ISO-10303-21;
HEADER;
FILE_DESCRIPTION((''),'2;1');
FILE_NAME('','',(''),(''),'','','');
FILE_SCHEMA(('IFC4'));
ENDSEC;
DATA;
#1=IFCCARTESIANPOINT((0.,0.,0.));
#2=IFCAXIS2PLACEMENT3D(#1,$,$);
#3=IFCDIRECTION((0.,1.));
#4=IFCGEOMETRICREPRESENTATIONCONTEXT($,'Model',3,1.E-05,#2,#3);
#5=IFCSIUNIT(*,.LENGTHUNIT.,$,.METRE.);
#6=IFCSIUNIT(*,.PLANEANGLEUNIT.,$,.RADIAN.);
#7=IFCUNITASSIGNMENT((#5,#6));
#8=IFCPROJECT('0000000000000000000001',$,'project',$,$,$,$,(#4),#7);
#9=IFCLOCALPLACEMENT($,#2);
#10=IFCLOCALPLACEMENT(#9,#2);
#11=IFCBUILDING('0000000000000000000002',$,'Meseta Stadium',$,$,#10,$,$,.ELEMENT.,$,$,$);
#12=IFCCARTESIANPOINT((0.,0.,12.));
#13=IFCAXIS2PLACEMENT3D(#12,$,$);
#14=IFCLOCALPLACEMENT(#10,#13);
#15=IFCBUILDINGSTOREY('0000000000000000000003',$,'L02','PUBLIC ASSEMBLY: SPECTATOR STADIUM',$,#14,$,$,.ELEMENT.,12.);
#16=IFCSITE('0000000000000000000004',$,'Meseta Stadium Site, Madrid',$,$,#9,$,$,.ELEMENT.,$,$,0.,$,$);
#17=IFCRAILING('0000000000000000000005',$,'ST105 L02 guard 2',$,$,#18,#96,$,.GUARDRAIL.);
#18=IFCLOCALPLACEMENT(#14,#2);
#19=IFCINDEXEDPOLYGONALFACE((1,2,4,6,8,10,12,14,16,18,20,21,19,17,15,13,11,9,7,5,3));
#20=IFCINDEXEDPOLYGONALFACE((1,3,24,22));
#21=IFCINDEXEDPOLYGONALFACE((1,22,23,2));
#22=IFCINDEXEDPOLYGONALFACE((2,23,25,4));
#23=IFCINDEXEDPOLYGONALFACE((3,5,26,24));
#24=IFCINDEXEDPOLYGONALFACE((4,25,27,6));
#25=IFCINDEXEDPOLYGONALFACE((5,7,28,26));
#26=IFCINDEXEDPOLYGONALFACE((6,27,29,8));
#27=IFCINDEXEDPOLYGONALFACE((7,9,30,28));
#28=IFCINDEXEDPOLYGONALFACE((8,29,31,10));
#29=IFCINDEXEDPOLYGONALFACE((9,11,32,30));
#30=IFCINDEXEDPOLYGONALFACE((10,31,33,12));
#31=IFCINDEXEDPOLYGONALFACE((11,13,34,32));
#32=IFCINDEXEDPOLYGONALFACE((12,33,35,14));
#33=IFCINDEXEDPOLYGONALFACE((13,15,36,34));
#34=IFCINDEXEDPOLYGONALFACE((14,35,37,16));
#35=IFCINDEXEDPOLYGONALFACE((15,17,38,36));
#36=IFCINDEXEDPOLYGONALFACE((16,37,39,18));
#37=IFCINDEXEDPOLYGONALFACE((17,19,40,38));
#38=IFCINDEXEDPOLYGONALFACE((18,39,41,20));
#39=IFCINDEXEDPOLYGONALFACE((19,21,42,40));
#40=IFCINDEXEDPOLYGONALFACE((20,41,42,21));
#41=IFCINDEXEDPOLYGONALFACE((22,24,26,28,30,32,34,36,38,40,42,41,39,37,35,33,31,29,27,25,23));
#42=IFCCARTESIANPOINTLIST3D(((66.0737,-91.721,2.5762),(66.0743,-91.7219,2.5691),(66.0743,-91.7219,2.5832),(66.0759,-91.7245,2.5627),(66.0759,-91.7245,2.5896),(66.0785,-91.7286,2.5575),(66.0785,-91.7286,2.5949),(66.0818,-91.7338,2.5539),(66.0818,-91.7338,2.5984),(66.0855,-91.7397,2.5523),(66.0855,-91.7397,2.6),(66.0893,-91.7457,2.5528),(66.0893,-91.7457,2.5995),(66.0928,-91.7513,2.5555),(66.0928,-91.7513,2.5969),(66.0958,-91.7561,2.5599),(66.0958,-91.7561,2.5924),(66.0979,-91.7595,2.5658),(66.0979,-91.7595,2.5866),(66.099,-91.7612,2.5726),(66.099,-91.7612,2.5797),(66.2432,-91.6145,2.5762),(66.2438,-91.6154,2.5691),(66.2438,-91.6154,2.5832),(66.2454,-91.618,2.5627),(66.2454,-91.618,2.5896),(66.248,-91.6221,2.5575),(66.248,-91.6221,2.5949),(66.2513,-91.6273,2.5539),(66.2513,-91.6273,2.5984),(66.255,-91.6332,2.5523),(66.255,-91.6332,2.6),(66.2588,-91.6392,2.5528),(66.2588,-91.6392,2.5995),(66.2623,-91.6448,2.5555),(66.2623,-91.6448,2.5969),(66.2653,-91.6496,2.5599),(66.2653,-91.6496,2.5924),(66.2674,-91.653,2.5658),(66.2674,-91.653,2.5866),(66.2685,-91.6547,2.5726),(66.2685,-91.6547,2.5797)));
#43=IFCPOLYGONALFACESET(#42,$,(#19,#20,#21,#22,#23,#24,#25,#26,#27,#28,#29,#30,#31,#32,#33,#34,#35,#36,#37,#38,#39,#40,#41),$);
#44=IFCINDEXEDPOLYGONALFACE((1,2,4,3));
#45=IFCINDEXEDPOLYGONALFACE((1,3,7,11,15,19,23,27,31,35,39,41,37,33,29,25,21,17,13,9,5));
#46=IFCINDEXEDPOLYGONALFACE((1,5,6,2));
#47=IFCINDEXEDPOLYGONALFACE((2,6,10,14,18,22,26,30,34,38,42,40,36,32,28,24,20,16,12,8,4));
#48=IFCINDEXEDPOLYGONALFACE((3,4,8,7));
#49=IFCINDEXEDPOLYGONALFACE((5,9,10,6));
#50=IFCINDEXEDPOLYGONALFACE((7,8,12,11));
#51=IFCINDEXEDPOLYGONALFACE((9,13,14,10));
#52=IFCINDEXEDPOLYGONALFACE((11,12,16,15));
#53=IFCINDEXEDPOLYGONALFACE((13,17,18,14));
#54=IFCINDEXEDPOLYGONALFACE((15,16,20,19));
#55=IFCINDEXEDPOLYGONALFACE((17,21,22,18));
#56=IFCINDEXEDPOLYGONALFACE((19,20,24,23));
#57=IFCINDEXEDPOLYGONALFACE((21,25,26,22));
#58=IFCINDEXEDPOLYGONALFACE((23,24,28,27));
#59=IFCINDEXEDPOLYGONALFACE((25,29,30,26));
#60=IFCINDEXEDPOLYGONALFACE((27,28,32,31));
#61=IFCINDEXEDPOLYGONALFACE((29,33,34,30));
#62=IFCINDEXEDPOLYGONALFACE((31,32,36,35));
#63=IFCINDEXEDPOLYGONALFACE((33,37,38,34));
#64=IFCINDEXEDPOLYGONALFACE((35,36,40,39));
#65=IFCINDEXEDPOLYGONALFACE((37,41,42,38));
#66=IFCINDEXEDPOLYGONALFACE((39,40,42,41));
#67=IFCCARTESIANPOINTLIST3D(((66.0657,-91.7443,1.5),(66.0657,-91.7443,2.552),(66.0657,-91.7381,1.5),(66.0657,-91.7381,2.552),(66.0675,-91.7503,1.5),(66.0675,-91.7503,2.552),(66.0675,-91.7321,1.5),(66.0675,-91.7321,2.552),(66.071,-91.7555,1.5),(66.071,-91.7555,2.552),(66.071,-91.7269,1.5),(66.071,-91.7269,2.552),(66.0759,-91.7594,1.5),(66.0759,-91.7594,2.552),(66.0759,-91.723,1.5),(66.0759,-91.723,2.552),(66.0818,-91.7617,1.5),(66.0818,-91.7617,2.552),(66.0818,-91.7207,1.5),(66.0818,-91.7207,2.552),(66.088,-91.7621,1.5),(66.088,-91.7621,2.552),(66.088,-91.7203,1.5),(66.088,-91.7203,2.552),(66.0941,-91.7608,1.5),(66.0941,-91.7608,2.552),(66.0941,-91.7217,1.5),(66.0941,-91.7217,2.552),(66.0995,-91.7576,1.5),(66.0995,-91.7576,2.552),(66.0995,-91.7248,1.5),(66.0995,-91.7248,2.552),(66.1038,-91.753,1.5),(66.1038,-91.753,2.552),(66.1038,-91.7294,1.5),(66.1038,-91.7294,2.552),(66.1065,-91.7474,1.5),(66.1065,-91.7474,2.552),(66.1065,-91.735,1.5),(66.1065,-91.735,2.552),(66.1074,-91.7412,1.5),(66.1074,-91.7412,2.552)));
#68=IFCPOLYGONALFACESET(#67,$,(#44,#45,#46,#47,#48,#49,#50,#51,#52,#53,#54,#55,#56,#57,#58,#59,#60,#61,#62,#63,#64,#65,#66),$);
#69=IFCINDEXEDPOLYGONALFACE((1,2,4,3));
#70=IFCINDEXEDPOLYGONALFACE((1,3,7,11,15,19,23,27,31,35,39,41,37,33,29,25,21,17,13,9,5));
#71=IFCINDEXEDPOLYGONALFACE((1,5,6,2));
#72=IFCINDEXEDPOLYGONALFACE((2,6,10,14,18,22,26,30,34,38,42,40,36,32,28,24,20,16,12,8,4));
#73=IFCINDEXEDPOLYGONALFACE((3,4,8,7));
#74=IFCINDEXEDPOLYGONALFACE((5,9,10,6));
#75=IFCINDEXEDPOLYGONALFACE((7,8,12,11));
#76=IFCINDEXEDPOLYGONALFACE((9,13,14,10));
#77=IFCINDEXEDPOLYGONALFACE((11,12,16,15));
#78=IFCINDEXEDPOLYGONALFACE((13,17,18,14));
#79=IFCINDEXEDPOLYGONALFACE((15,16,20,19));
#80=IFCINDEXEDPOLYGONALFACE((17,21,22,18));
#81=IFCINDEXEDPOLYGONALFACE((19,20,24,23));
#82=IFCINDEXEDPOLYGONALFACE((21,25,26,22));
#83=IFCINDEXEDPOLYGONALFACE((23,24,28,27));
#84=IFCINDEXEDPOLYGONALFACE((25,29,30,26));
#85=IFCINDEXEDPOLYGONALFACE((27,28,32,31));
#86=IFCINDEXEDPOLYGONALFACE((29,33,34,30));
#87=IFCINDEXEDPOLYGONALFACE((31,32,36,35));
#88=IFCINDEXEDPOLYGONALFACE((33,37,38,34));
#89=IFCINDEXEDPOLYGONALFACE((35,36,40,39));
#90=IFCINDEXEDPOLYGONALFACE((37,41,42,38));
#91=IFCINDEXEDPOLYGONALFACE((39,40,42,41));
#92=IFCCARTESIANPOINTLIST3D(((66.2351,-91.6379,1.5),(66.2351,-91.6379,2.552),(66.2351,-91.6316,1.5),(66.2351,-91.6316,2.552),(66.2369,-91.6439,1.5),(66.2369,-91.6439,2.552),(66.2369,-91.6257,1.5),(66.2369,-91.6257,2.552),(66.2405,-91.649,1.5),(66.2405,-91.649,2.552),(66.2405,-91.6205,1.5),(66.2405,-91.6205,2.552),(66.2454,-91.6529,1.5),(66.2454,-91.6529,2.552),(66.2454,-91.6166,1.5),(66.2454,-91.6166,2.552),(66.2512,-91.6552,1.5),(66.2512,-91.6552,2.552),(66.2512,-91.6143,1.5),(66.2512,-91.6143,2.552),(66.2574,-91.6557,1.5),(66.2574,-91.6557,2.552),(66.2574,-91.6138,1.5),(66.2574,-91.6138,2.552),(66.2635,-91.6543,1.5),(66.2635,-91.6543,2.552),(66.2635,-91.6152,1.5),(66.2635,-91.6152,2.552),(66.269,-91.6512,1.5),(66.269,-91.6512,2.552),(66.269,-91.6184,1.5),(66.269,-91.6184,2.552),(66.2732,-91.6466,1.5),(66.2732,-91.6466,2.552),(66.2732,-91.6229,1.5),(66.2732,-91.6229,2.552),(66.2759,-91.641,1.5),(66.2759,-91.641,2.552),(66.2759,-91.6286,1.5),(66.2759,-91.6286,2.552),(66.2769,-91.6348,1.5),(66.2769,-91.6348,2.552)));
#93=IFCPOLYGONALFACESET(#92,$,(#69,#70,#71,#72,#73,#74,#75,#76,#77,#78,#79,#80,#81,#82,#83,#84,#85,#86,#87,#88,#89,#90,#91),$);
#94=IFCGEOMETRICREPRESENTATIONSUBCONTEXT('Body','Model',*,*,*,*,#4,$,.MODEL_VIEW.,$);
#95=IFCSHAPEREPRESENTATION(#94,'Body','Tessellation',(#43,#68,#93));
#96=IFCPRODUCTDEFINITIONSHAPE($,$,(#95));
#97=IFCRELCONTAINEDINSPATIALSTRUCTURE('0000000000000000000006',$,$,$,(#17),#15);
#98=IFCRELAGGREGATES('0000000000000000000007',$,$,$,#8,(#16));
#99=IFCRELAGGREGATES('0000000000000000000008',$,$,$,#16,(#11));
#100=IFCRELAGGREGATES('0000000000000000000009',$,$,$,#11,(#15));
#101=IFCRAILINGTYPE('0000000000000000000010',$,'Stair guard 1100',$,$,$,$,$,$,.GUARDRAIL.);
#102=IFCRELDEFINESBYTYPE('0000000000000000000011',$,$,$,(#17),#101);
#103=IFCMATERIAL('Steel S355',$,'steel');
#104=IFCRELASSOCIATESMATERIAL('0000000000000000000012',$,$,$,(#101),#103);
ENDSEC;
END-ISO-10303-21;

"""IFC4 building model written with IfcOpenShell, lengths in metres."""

from ifc_helpers import new_model, si_unit, direction, frame, origin, origin_2d, place, context, subcontext, project, spatial, circle, extrude, material, type_object, element, save


model = new_model("IFC4")

# Units and contexts
model_context = context("Model", 3, precision=1e-05, world=origin(), true_north=direction((0.0, 1.0)))
body_context = subcontext(model_context, "Body", "Model", "MODEL_VIEW")
ifc_project = project(units=[si_unit("LENGTHUNIT", "METRE"), si_unit("PLANEANGLEUNIT", "RADIAN")], contexts=[model_context])

# Site, building, storey
site_placement = place(None, origin())
site = spatial("IfcSite", under=ifc_project, at=site_placement, Name="Meseta Stadium Site, Madrid", CompositionType="ELEMENT", RefElevation=0.0)
building_placement = place(site_placement, origin())
building = spatial("IfcBuilding", under=site, at=building_placement, Name="Meseta Stadium", CompositionType="ELEMENT")
storey_placement = place(building_placement, frame((0.0, 0.0, 12.0)))
storey = spatial("IfcBuildingStorey", under=building, at=storey_placement, Name="L02", Description="PUBLIC ASSEMBLY: SPECTATOR STADIUM", CompositionType="ELEMENT", Elevation=12.0)

# Railing
ifc_material_1 = material(Name="Steel S355", Category="steel")
railing_type = type_object("IfcRailingType", Name="Stair guard 1100", PredefinedType="GUARDRAIL", material=ifc_material_1)
railing_1_placement = place(storey_placement, frame((66.0864, -91.7412, 1.5)))
element("IfcRailing", 1, at=railing_1_placement, inside=storey, type_object=railing_type, Name="ST105 L02 guard 2", PredefinedType="GUARDRAIL", context=body_context, shape_type="SweptSolid", body=[
    extrude(circle(Radius=0.0239, at=origin_2d()), frame((0.0, 0.0, 1.0762), z_axis=(0.846762, 0.531972, 0.0), x_axis=(-0.531972, 0.846762, 0.0)), (0.0, 0.0, 1.0), 0.2002),
    extrude(circle(Radius=0.021, at=origin_2d()), origin(), (0.0, 0.0, 1.0), 1.052),
    extrude(circle(Radius=0.021, at=origin_2d()), frame((0.1694, 0.1064, 0.0)), (0.0, 0.0, 1.0), 1.052),
])

save(model, "model.ifc")
